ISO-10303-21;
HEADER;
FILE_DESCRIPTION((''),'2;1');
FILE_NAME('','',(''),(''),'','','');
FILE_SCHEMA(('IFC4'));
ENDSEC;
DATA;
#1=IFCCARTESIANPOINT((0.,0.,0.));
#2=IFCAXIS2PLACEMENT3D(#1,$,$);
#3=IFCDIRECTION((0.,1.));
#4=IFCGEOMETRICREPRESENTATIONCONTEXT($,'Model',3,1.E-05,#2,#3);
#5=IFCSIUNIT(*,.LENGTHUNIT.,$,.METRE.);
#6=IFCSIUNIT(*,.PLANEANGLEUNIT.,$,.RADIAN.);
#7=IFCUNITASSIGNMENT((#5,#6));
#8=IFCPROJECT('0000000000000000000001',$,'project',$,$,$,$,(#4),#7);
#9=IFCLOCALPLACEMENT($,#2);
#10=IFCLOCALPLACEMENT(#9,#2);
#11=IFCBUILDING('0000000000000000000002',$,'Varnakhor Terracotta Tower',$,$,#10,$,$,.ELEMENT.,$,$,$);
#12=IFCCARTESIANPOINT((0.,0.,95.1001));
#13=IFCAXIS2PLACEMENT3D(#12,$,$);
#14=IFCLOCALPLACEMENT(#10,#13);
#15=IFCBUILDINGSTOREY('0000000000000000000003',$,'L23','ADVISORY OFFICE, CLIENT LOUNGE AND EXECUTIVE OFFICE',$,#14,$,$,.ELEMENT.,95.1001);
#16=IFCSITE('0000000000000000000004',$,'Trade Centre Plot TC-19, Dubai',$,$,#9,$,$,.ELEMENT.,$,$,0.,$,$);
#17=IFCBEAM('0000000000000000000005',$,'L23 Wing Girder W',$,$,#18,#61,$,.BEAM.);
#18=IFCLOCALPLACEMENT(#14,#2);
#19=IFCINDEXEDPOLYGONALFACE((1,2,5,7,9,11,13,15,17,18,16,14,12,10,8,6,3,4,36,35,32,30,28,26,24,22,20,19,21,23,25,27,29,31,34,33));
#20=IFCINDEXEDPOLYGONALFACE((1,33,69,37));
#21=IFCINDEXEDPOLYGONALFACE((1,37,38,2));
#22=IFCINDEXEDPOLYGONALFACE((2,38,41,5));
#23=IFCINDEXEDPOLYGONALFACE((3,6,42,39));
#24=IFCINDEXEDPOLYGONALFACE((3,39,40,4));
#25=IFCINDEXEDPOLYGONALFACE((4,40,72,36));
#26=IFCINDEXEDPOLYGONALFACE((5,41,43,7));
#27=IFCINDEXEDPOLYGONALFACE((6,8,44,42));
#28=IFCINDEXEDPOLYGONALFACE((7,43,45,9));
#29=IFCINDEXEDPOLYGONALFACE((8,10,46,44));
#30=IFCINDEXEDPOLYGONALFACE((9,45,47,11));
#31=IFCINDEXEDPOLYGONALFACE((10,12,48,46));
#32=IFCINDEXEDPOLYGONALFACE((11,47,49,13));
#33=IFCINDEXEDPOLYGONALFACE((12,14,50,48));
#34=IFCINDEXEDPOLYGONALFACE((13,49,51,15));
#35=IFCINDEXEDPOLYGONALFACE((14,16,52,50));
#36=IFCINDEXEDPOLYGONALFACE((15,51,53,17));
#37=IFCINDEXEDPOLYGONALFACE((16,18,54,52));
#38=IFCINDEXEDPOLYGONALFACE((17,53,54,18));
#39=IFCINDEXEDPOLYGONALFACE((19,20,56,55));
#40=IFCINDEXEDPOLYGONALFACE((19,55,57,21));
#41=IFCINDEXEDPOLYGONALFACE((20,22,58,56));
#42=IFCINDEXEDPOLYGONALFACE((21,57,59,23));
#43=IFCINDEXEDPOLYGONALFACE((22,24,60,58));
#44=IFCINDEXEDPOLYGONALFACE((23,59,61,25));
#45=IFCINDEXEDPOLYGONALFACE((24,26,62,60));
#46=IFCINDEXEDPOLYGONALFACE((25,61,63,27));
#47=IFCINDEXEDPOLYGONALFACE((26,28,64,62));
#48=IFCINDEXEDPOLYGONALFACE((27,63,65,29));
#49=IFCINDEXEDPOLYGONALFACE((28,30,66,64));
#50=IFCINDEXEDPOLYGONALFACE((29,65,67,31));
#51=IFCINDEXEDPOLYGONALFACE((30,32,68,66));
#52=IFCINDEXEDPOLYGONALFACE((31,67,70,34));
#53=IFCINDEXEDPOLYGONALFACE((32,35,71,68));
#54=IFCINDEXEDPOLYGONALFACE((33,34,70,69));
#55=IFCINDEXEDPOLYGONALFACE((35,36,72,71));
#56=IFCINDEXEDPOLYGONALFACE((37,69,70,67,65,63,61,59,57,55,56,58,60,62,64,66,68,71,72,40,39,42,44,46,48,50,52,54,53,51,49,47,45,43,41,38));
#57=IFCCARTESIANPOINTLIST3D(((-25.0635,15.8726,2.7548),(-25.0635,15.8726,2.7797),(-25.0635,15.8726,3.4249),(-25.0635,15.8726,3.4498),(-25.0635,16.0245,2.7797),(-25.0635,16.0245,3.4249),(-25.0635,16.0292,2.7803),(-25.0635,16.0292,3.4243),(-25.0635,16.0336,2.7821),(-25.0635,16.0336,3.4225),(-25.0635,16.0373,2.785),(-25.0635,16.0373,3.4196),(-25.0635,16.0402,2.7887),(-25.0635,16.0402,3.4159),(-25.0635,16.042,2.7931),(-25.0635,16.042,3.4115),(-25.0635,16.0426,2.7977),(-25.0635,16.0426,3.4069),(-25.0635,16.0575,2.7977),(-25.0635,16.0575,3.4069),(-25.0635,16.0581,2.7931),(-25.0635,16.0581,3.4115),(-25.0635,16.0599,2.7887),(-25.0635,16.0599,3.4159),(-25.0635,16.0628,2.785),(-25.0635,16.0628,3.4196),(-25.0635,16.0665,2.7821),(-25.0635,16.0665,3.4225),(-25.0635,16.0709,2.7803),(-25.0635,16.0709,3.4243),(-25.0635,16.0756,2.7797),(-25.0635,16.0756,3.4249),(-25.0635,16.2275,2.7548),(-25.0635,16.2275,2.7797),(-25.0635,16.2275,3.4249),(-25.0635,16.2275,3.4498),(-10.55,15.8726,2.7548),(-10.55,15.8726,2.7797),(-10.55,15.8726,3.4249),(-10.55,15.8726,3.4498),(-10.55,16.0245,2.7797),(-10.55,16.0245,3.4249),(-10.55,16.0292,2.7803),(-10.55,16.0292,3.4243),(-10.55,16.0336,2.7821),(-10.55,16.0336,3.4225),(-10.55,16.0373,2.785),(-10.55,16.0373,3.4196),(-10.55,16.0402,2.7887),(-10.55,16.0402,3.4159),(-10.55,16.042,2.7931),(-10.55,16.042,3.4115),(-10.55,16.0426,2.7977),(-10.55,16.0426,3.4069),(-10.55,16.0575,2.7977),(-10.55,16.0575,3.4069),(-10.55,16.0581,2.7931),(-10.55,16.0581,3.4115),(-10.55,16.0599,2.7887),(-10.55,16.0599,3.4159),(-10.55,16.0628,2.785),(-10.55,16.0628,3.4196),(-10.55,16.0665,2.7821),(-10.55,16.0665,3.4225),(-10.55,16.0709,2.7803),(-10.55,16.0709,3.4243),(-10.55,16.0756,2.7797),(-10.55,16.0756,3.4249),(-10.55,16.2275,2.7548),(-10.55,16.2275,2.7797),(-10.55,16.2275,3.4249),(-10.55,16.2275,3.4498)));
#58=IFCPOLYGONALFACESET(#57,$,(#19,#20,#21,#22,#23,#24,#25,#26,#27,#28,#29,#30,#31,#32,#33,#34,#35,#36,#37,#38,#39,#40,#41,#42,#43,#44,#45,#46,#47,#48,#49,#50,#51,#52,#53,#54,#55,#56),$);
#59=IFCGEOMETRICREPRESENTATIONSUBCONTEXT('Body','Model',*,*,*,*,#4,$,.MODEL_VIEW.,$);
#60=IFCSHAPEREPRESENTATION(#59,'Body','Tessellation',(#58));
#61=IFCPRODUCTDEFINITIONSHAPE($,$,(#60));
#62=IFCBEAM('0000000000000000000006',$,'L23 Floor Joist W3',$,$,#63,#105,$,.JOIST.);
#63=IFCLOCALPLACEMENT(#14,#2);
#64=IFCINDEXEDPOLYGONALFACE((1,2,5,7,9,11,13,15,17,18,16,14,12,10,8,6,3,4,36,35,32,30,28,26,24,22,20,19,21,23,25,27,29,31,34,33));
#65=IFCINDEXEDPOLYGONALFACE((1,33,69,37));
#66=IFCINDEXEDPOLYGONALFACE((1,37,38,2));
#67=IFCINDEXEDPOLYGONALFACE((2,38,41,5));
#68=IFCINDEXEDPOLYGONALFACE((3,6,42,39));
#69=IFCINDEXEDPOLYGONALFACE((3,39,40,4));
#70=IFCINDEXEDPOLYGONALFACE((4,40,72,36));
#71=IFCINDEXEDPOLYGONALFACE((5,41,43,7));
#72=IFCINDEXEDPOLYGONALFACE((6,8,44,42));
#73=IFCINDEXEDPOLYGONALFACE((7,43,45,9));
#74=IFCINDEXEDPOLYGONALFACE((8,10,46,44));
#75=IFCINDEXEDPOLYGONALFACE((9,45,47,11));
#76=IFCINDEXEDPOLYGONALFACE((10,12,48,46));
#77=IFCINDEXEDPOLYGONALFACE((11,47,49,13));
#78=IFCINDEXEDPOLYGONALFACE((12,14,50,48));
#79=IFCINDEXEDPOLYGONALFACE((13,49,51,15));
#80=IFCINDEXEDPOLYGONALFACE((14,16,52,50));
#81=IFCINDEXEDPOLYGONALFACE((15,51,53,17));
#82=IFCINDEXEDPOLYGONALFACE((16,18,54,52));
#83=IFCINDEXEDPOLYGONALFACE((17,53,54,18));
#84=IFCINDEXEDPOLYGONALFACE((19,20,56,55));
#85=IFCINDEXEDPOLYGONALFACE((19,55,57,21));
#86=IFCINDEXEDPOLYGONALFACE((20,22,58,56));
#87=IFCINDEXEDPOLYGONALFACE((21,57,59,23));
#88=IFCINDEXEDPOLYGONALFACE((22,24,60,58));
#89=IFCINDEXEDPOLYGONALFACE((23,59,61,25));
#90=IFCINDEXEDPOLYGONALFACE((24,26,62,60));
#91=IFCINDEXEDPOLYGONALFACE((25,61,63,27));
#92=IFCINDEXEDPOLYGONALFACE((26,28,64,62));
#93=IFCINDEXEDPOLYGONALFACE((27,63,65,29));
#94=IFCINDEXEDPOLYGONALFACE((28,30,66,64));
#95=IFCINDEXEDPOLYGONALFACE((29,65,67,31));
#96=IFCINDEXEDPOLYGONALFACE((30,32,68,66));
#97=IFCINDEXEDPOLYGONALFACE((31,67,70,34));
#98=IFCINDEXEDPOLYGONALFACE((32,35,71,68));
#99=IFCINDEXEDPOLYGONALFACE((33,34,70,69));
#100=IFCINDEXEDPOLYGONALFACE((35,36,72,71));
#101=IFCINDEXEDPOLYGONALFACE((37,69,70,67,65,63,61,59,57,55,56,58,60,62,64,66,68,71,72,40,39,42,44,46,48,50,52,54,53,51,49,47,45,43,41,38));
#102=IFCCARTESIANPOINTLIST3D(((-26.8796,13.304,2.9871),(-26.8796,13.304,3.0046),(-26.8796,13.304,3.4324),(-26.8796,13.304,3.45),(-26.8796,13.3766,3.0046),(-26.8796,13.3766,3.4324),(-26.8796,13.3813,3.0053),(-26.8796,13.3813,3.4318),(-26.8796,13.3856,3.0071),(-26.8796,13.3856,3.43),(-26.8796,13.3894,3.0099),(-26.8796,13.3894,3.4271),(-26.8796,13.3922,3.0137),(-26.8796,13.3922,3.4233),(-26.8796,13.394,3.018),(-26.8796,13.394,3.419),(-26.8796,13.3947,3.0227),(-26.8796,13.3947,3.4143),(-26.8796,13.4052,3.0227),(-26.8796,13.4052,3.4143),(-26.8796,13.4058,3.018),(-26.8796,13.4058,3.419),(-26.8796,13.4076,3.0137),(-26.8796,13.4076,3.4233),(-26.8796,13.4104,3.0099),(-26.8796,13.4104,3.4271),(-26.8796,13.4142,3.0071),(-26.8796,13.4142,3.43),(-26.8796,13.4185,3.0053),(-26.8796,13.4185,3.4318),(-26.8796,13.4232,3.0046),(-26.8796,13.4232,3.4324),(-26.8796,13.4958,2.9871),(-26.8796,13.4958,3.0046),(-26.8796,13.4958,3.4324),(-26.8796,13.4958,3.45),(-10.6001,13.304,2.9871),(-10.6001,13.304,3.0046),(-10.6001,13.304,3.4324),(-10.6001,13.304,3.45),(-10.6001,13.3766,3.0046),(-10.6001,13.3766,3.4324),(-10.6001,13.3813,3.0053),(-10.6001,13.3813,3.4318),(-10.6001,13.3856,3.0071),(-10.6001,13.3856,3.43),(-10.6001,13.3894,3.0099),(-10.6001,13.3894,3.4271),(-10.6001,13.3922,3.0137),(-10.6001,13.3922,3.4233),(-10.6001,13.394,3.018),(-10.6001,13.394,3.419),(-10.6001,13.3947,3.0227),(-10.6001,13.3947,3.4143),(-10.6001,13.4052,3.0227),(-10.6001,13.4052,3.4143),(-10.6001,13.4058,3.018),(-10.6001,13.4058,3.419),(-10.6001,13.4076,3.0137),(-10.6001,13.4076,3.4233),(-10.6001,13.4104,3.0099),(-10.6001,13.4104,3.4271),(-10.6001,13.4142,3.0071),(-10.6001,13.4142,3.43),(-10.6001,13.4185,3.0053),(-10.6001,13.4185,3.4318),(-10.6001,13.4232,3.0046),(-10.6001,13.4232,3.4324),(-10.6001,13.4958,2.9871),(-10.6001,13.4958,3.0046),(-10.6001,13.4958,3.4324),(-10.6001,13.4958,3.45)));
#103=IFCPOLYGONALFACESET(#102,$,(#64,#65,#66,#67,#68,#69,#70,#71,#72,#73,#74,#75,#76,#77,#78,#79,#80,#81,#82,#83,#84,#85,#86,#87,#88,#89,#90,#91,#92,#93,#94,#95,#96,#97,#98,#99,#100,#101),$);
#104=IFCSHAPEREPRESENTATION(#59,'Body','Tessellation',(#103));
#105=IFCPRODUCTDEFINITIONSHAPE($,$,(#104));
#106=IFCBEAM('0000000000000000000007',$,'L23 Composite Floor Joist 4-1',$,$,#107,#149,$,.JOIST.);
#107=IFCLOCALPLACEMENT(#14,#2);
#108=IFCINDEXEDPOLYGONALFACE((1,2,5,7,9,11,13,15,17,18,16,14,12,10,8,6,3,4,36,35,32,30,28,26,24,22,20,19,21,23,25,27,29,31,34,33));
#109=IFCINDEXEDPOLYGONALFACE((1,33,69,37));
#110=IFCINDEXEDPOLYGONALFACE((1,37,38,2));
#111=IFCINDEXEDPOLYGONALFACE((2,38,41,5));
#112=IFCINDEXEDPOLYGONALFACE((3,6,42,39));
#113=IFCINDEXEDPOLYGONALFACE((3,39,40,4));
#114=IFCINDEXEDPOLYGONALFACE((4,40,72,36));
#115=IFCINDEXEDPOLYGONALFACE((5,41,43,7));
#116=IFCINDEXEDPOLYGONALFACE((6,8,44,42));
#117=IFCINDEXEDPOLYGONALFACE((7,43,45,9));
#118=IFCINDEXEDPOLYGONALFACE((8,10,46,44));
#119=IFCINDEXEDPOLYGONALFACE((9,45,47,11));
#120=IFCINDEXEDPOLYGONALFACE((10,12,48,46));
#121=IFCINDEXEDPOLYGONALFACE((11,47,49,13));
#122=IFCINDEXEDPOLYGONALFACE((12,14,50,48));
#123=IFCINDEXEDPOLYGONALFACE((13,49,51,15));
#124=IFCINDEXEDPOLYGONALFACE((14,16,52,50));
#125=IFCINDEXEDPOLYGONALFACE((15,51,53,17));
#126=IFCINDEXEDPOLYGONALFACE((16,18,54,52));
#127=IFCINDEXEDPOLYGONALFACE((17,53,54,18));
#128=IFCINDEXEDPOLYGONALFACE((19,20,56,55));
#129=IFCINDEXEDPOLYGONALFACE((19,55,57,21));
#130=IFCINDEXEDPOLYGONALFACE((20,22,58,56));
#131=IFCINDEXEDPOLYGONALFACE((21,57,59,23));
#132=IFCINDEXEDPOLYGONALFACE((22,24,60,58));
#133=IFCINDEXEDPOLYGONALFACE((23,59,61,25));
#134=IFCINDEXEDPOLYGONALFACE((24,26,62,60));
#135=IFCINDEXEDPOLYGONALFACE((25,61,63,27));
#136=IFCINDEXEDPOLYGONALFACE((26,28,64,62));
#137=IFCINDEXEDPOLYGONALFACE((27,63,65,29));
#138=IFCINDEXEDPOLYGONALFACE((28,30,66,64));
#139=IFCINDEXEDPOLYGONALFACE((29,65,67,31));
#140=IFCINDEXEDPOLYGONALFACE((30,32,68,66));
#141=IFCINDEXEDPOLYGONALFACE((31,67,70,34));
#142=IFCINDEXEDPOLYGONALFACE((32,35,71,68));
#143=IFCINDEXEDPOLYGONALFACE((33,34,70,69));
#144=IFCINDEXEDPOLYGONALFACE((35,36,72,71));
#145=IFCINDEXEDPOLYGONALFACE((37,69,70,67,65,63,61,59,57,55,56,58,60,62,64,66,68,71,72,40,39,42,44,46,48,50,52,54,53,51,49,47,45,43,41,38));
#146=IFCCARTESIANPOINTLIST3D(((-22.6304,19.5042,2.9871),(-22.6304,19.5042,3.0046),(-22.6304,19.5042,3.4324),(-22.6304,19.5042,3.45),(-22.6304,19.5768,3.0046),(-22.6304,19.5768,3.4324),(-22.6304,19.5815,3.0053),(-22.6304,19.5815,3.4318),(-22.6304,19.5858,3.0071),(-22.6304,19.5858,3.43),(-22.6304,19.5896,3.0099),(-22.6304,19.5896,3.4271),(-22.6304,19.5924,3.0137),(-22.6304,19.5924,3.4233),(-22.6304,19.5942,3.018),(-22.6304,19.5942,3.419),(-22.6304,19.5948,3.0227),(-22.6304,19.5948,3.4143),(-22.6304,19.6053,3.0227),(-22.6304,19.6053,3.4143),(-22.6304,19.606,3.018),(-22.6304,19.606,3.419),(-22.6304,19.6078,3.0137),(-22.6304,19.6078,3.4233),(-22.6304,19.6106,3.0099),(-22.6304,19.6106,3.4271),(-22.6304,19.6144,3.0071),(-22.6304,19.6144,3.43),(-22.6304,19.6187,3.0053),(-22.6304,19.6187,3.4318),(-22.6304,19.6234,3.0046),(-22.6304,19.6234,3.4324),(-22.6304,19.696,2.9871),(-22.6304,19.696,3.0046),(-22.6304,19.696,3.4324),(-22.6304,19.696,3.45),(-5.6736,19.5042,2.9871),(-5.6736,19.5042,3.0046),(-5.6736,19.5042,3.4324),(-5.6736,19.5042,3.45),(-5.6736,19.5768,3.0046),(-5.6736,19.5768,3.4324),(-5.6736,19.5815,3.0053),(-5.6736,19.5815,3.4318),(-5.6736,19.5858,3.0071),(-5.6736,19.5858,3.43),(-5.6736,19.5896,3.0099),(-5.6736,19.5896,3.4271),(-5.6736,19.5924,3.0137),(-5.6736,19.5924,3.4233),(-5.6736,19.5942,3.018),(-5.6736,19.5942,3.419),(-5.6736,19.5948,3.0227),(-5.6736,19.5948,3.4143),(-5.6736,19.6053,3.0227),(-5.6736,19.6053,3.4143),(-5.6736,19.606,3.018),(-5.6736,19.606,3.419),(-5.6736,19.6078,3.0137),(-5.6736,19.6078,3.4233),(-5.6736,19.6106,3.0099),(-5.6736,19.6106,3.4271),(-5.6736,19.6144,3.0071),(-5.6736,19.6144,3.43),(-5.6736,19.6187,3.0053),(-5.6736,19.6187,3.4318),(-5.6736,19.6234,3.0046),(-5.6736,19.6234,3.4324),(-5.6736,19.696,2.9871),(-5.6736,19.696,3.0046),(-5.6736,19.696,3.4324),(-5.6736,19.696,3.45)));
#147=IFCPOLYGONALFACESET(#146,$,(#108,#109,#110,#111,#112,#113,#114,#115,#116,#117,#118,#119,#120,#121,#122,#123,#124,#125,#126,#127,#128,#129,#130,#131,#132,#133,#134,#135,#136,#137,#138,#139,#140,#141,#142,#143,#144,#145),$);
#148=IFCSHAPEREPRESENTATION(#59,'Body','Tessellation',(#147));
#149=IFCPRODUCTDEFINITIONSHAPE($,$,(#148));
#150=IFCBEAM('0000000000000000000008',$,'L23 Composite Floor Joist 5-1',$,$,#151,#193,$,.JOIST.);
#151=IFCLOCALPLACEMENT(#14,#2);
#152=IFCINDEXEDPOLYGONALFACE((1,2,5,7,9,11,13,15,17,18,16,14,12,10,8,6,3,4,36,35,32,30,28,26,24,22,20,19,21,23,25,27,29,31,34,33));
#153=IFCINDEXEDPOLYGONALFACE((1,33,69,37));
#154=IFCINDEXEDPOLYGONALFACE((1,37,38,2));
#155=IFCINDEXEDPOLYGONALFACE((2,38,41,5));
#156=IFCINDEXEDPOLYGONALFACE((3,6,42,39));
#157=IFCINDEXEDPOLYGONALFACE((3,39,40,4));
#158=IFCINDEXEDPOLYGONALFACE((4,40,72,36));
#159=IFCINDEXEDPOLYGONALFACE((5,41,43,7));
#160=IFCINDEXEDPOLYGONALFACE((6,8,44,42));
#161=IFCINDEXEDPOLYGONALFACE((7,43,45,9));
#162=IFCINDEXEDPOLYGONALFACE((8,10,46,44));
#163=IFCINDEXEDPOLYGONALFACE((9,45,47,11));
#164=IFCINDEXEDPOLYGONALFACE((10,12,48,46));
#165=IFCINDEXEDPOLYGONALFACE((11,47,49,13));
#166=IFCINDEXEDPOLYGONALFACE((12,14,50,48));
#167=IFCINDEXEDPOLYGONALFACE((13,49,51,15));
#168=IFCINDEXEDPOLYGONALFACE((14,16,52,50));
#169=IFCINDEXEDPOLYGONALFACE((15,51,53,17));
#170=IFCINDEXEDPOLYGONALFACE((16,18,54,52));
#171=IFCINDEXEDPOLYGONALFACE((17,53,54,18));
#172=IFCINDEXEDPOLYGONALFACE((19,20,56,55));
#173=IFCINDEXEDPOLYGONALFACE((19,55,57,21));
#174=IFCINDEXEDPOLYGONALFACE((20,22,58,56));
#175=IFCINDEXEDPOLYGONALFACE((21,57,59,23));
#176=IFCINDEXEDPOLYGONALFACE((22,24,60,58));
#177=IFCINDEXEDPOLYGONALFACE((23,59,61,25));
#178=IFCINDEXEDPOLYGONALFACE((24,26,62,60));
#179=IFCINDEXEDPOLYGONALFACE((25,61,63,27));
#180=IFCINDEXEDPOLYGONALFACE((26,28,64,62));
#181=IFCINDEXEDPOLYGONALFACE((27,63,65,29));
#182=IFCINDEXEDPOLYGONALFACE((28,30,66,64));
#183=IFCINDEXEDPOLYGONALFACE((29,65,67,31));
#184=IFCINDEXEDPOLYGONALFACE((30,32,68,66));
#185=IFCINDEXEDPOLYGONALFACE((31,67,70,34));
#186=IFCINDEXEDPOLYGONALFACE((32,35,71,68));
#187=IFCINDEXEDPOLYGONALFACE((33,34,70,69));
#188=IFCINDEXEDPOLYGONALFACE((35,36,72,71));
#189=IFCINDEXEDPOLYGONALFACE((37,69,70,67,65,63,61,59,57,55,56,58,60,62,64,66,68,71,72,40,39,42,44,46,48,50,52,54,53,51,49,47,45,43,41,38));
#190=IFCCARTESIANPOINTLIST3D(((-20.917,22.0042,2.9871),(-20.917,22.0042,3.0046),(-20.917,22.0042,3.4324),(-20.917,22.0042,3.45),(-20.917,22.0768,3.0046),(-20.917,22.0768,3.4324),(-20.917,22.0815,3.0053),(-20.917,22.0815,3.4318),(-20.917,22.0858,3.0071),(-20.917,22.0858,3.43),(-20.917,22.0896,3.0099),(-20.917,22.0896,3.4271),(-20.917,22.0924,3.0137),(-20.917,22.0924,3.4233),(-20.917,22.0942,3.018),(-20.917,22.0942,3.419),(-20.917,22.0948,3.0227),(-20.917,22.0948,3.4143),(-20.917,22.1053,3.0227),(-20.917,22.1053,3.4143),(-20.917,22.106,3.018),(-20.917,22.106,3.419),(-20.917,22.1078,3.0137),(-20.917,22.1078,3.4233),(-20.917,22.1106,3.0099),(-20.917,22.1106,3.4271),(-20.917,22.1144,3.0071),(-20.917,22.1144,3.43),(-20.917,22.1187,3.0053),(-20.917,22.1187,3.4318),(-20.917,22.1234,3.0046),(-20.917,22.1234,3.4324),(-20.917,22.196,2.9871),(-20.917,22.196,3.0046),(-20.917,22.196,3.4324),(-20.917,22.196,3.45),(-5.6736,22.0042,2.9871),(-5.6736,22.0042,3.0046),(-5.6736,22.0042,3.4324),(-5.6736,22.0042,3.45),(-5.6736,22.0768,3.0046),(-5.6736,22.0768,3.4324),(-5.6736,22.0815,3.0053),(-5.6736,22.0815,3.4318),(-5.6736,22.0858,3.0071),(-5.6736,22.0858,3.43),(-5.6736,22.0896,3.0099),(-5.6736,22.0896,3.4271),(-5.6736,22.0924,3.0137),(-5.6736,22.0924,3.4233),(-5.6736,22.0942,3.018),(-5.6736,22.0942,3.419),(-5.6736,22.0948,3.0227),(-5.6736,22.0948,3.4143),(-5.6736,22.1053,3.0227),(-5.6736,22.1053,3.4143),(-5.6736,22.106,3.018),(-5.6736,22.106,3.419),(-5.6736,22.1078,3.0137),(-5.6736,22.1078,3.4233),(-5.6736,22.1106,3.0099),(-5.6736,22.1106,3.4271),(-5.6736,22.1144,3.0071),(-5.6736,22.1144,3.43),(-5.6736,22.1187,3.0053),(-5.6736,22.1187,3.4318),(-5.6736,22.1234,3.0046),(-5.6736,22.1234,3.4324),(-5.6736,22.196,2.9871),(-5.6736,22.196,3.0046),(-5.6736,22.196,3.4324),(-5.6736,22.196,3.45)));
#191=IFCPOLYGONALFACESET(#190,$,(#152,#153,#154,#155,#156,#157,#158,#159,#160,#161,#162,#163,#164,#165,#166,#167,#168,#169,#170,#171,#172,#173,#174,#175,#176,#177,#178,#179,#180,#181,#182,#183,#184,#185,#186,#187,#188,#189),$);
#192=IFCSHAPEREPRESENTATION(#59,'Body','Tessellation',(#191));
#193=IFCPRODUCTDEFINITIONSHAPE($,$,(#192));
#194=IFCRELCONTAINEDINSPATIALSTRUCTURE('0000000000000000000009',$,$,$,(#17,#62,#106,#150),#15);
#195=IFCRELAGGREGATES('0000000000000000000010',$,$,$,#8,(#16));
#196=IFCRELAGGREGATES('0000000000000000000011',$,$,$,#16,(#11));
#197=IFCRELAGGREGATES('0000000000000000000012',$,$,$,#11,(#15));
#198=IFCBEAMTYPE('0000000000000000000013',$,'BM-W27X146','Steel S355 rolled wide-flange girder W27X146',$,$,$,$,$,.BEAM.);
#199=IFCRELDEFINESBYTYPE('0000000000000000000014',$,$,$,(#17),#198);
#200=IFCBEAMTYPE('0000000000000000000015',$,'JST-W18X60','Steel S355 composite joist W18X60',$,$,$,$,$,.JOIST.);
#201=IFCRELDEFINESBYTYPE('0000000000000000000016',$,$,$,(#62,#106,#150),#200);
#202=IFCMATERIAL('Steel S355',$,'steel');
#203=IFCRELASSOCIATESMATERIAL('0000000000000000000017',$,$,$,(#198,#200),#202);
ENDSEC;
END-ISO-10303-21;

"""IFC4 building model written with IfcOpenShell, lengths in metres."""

from ifc_helpers import new_model, si_unit, direction, frame, origin, origin_2d, place, context, subcontext, project, spatial, i_section, extrude, source, transform, mapped, material, material_profile, profile_set, type_object, element, save


model = new_model("IFC4")

# Units and contexts
model_context = context("Model", 3, precision=1e-05, world=origin(), true_north=direction((0.0, 1.0)))
body_context = subcontext(model_context, "Body", "Model", "MODEL_VIEW")
ifc_project = project(units=[si_unit("LENGTHUNIT", "METRE"), si_unit("PLANEANGLEUNIT", "RADIAN")], contexts=[model_context])

# Site, building, storey
site_placement = place(None, origin())
site = spatial("IfcSite", under=ifc_project, at=site_placement, Name="Trade Centre Plot TC-19, Dubai", CompositionType="ELEMENT", RefElevation=0.0)
building_placement = place(site_placement, origin())
building = spatial("IfcBuilding", under=site, at=building_placement, Name="Varnakhor Terracotta Tower", CompositionType="ELEMENT")
storey_placement = place(building_placement, frame((0.0, 0.0, 95.1001)))
storey = spatial("IfcBuildingStorey", under=building, at=storey_placement, Name="L23", Description="ADVISORY OFFICE, CLIENT LOUNGE AND EXECUTIVE OFFICE", CompositionType="ELEMENT", Elevation=95.1001)

# Beams
ifc_material_1 = material(Name="Steel S355", Category="steel")
ifc_material_profile_1 = material_profile(ifc_material_1, i_section(OverallWidth=0.355, OverallDepth=0.6951, WebThickness=0.0149, FlangeThickness=0.0249, FilletRadius=0.0181, at=origin_2d()), Name="W27X146")
ifc_profile_set_1 = profile_set([ifc_material_profile_1], Name="Steel S355")
beam_type_1 = type_object("IfcBeamType", Name="BM-W27X146", Description="Steel S355 rolled wide-flange girder W27X146", PredefinedType="BEAM", material=ifc_profile_set_1)
shared_shape_1 = source(origin(), body_context, "Body", "SweptSolid", [
    extrude(i_section(OverallWidth=0.355, OverallDepth=0.6951, WebThickness=0.0149, FlangeThickness=0.0249, FilletRadius=0.0181, at=origin_2d()), origin(), (0.0, 0.0, 1.0), 14.5134),
])
beam_1_placement = place(storey_placement, frame((-25.0635, 16.05, 3.1023), z_axis=(1.0, 0.0, 0.0), x_axis=(0.0, 1.0, 0.0)))
element("IfcBeam", 1, at=beam_1_placement, inside=storey, type_object=beam_type_1, Name="L23 Wing Girder W", PredefinedType="BEAM", context=body_context, shape_type="MappedRepresentation", body=[
    mapped(shared_shape_1, transform((0.0, 0.0, 0.0), scale=1.0)),
])
ifc_material_profile_2 = material_profile(ifc_material_1, i_section(OverallWidth=0.1919, OverallDepth=0.4629, WebThickness=0.0105, FlangeThickness=0.0176, FilletRadius=0.0181, at=origin_2d()), Name="W18X60")
ifc_profile_set_2 = profile_set([ifc_material_profile_2], Name="Steel S355")
beam_type_2 = type_object("IfcBeamType", Name="JST-W18X60", Description="Steel S355 composite joist W18X60", PredefinedType="JOIST", material=ifc_profile_set_2)
shared_shape_2 = source(origin(), body_context, "Body", "SweptSolid", [
    extrude(i_section(OverallWidth=0.1919, OverallDepth=0.4629, WebThickness=0.0105, FlangeThickness=0.0176, FilletRadius=0.0181, at=origin_2d()), origin(), (0.0, 0.0, 1.0), 16.2795),
])
beam_2_placement = place(storey_placement, frame((-26.8796, 13.3999, 3.2185), z_axis=(1.0, 0.0, 0.0), x_axis=(0.0, 1.0, 0.0)))
element("IfcBeam", 2, at=beam_2_placement, inside=storey, type_object=beam_type_2, Name="L23 Floor Joist W3", PredefinedType="JOIST", context=body_context, shape_type="MappedRepresentation", body=[
    mapped(shared_shape_2, transform((0.0, 0.0, 0.0), scale=1.0)),
])
shared_shape_3 = source(origin(), body_context, "Body", "SweptSolid", [
    extrude(i_section(OverallWidth=0.1919, OverallDepth=0.4629, WebThickness=0.0105, FlangeThickness=0.0176, FilletRadius=0.0181, at=origin_2d()), origin(), (0.0, 0.0, 1.0), 16.9568),
])
beam_3_placement = place(storey_placement, frame((-22.6304, 19.6001, 3.2185), z_axis=(1.0, 0.0, 0.0), x_axis=(0.0, 1.0, 0.0)))
element("IfcBeam", 3, at=beam_3_placement, inside=storey, type_object=beam_type_2, Name="L23 Composite Floor Joist 4-1", PredefinedType="JOIST", context=body_context, shape_type="MappedRepresentation", body=[
    mapped(shared_shape_3, transform((0.0, 0.0, 0.0), scale=1.0)),
])
shared_shape_4 = source(origin(), body_context, "Body", "SweptSolid", [
    extrude(i_section(OverallWidth=0.1919, OverallDepth=0.4629, WebThickness=0.0105, FlangeThickness=0.0176, FilletRadius=0.0181, at=origin_2d()), origin(), (0.0, 0.0, 1.0), 15.2434),
])
beam_4_placement = place(storey_placement, frame((-20.917, 22.1001, 3.2185), z_axis=(1.0, 0.0, 0.0), x_axis=(0.0, 1.0, 0.0)))
element("IfcBeam", 4, at=beam_4_placement, inside=storey, type_object=beam_type_2, Name="L23 Composite Floor Joist 5-1", PredefinedType="JOIST", context=body_context, shape_type="MappedRepresentation", body=[
    mapped(shared_shape_4, transform((0.0, 0.0, 0.0), scale=1.0)),
])

save(model, "model.ifc")
